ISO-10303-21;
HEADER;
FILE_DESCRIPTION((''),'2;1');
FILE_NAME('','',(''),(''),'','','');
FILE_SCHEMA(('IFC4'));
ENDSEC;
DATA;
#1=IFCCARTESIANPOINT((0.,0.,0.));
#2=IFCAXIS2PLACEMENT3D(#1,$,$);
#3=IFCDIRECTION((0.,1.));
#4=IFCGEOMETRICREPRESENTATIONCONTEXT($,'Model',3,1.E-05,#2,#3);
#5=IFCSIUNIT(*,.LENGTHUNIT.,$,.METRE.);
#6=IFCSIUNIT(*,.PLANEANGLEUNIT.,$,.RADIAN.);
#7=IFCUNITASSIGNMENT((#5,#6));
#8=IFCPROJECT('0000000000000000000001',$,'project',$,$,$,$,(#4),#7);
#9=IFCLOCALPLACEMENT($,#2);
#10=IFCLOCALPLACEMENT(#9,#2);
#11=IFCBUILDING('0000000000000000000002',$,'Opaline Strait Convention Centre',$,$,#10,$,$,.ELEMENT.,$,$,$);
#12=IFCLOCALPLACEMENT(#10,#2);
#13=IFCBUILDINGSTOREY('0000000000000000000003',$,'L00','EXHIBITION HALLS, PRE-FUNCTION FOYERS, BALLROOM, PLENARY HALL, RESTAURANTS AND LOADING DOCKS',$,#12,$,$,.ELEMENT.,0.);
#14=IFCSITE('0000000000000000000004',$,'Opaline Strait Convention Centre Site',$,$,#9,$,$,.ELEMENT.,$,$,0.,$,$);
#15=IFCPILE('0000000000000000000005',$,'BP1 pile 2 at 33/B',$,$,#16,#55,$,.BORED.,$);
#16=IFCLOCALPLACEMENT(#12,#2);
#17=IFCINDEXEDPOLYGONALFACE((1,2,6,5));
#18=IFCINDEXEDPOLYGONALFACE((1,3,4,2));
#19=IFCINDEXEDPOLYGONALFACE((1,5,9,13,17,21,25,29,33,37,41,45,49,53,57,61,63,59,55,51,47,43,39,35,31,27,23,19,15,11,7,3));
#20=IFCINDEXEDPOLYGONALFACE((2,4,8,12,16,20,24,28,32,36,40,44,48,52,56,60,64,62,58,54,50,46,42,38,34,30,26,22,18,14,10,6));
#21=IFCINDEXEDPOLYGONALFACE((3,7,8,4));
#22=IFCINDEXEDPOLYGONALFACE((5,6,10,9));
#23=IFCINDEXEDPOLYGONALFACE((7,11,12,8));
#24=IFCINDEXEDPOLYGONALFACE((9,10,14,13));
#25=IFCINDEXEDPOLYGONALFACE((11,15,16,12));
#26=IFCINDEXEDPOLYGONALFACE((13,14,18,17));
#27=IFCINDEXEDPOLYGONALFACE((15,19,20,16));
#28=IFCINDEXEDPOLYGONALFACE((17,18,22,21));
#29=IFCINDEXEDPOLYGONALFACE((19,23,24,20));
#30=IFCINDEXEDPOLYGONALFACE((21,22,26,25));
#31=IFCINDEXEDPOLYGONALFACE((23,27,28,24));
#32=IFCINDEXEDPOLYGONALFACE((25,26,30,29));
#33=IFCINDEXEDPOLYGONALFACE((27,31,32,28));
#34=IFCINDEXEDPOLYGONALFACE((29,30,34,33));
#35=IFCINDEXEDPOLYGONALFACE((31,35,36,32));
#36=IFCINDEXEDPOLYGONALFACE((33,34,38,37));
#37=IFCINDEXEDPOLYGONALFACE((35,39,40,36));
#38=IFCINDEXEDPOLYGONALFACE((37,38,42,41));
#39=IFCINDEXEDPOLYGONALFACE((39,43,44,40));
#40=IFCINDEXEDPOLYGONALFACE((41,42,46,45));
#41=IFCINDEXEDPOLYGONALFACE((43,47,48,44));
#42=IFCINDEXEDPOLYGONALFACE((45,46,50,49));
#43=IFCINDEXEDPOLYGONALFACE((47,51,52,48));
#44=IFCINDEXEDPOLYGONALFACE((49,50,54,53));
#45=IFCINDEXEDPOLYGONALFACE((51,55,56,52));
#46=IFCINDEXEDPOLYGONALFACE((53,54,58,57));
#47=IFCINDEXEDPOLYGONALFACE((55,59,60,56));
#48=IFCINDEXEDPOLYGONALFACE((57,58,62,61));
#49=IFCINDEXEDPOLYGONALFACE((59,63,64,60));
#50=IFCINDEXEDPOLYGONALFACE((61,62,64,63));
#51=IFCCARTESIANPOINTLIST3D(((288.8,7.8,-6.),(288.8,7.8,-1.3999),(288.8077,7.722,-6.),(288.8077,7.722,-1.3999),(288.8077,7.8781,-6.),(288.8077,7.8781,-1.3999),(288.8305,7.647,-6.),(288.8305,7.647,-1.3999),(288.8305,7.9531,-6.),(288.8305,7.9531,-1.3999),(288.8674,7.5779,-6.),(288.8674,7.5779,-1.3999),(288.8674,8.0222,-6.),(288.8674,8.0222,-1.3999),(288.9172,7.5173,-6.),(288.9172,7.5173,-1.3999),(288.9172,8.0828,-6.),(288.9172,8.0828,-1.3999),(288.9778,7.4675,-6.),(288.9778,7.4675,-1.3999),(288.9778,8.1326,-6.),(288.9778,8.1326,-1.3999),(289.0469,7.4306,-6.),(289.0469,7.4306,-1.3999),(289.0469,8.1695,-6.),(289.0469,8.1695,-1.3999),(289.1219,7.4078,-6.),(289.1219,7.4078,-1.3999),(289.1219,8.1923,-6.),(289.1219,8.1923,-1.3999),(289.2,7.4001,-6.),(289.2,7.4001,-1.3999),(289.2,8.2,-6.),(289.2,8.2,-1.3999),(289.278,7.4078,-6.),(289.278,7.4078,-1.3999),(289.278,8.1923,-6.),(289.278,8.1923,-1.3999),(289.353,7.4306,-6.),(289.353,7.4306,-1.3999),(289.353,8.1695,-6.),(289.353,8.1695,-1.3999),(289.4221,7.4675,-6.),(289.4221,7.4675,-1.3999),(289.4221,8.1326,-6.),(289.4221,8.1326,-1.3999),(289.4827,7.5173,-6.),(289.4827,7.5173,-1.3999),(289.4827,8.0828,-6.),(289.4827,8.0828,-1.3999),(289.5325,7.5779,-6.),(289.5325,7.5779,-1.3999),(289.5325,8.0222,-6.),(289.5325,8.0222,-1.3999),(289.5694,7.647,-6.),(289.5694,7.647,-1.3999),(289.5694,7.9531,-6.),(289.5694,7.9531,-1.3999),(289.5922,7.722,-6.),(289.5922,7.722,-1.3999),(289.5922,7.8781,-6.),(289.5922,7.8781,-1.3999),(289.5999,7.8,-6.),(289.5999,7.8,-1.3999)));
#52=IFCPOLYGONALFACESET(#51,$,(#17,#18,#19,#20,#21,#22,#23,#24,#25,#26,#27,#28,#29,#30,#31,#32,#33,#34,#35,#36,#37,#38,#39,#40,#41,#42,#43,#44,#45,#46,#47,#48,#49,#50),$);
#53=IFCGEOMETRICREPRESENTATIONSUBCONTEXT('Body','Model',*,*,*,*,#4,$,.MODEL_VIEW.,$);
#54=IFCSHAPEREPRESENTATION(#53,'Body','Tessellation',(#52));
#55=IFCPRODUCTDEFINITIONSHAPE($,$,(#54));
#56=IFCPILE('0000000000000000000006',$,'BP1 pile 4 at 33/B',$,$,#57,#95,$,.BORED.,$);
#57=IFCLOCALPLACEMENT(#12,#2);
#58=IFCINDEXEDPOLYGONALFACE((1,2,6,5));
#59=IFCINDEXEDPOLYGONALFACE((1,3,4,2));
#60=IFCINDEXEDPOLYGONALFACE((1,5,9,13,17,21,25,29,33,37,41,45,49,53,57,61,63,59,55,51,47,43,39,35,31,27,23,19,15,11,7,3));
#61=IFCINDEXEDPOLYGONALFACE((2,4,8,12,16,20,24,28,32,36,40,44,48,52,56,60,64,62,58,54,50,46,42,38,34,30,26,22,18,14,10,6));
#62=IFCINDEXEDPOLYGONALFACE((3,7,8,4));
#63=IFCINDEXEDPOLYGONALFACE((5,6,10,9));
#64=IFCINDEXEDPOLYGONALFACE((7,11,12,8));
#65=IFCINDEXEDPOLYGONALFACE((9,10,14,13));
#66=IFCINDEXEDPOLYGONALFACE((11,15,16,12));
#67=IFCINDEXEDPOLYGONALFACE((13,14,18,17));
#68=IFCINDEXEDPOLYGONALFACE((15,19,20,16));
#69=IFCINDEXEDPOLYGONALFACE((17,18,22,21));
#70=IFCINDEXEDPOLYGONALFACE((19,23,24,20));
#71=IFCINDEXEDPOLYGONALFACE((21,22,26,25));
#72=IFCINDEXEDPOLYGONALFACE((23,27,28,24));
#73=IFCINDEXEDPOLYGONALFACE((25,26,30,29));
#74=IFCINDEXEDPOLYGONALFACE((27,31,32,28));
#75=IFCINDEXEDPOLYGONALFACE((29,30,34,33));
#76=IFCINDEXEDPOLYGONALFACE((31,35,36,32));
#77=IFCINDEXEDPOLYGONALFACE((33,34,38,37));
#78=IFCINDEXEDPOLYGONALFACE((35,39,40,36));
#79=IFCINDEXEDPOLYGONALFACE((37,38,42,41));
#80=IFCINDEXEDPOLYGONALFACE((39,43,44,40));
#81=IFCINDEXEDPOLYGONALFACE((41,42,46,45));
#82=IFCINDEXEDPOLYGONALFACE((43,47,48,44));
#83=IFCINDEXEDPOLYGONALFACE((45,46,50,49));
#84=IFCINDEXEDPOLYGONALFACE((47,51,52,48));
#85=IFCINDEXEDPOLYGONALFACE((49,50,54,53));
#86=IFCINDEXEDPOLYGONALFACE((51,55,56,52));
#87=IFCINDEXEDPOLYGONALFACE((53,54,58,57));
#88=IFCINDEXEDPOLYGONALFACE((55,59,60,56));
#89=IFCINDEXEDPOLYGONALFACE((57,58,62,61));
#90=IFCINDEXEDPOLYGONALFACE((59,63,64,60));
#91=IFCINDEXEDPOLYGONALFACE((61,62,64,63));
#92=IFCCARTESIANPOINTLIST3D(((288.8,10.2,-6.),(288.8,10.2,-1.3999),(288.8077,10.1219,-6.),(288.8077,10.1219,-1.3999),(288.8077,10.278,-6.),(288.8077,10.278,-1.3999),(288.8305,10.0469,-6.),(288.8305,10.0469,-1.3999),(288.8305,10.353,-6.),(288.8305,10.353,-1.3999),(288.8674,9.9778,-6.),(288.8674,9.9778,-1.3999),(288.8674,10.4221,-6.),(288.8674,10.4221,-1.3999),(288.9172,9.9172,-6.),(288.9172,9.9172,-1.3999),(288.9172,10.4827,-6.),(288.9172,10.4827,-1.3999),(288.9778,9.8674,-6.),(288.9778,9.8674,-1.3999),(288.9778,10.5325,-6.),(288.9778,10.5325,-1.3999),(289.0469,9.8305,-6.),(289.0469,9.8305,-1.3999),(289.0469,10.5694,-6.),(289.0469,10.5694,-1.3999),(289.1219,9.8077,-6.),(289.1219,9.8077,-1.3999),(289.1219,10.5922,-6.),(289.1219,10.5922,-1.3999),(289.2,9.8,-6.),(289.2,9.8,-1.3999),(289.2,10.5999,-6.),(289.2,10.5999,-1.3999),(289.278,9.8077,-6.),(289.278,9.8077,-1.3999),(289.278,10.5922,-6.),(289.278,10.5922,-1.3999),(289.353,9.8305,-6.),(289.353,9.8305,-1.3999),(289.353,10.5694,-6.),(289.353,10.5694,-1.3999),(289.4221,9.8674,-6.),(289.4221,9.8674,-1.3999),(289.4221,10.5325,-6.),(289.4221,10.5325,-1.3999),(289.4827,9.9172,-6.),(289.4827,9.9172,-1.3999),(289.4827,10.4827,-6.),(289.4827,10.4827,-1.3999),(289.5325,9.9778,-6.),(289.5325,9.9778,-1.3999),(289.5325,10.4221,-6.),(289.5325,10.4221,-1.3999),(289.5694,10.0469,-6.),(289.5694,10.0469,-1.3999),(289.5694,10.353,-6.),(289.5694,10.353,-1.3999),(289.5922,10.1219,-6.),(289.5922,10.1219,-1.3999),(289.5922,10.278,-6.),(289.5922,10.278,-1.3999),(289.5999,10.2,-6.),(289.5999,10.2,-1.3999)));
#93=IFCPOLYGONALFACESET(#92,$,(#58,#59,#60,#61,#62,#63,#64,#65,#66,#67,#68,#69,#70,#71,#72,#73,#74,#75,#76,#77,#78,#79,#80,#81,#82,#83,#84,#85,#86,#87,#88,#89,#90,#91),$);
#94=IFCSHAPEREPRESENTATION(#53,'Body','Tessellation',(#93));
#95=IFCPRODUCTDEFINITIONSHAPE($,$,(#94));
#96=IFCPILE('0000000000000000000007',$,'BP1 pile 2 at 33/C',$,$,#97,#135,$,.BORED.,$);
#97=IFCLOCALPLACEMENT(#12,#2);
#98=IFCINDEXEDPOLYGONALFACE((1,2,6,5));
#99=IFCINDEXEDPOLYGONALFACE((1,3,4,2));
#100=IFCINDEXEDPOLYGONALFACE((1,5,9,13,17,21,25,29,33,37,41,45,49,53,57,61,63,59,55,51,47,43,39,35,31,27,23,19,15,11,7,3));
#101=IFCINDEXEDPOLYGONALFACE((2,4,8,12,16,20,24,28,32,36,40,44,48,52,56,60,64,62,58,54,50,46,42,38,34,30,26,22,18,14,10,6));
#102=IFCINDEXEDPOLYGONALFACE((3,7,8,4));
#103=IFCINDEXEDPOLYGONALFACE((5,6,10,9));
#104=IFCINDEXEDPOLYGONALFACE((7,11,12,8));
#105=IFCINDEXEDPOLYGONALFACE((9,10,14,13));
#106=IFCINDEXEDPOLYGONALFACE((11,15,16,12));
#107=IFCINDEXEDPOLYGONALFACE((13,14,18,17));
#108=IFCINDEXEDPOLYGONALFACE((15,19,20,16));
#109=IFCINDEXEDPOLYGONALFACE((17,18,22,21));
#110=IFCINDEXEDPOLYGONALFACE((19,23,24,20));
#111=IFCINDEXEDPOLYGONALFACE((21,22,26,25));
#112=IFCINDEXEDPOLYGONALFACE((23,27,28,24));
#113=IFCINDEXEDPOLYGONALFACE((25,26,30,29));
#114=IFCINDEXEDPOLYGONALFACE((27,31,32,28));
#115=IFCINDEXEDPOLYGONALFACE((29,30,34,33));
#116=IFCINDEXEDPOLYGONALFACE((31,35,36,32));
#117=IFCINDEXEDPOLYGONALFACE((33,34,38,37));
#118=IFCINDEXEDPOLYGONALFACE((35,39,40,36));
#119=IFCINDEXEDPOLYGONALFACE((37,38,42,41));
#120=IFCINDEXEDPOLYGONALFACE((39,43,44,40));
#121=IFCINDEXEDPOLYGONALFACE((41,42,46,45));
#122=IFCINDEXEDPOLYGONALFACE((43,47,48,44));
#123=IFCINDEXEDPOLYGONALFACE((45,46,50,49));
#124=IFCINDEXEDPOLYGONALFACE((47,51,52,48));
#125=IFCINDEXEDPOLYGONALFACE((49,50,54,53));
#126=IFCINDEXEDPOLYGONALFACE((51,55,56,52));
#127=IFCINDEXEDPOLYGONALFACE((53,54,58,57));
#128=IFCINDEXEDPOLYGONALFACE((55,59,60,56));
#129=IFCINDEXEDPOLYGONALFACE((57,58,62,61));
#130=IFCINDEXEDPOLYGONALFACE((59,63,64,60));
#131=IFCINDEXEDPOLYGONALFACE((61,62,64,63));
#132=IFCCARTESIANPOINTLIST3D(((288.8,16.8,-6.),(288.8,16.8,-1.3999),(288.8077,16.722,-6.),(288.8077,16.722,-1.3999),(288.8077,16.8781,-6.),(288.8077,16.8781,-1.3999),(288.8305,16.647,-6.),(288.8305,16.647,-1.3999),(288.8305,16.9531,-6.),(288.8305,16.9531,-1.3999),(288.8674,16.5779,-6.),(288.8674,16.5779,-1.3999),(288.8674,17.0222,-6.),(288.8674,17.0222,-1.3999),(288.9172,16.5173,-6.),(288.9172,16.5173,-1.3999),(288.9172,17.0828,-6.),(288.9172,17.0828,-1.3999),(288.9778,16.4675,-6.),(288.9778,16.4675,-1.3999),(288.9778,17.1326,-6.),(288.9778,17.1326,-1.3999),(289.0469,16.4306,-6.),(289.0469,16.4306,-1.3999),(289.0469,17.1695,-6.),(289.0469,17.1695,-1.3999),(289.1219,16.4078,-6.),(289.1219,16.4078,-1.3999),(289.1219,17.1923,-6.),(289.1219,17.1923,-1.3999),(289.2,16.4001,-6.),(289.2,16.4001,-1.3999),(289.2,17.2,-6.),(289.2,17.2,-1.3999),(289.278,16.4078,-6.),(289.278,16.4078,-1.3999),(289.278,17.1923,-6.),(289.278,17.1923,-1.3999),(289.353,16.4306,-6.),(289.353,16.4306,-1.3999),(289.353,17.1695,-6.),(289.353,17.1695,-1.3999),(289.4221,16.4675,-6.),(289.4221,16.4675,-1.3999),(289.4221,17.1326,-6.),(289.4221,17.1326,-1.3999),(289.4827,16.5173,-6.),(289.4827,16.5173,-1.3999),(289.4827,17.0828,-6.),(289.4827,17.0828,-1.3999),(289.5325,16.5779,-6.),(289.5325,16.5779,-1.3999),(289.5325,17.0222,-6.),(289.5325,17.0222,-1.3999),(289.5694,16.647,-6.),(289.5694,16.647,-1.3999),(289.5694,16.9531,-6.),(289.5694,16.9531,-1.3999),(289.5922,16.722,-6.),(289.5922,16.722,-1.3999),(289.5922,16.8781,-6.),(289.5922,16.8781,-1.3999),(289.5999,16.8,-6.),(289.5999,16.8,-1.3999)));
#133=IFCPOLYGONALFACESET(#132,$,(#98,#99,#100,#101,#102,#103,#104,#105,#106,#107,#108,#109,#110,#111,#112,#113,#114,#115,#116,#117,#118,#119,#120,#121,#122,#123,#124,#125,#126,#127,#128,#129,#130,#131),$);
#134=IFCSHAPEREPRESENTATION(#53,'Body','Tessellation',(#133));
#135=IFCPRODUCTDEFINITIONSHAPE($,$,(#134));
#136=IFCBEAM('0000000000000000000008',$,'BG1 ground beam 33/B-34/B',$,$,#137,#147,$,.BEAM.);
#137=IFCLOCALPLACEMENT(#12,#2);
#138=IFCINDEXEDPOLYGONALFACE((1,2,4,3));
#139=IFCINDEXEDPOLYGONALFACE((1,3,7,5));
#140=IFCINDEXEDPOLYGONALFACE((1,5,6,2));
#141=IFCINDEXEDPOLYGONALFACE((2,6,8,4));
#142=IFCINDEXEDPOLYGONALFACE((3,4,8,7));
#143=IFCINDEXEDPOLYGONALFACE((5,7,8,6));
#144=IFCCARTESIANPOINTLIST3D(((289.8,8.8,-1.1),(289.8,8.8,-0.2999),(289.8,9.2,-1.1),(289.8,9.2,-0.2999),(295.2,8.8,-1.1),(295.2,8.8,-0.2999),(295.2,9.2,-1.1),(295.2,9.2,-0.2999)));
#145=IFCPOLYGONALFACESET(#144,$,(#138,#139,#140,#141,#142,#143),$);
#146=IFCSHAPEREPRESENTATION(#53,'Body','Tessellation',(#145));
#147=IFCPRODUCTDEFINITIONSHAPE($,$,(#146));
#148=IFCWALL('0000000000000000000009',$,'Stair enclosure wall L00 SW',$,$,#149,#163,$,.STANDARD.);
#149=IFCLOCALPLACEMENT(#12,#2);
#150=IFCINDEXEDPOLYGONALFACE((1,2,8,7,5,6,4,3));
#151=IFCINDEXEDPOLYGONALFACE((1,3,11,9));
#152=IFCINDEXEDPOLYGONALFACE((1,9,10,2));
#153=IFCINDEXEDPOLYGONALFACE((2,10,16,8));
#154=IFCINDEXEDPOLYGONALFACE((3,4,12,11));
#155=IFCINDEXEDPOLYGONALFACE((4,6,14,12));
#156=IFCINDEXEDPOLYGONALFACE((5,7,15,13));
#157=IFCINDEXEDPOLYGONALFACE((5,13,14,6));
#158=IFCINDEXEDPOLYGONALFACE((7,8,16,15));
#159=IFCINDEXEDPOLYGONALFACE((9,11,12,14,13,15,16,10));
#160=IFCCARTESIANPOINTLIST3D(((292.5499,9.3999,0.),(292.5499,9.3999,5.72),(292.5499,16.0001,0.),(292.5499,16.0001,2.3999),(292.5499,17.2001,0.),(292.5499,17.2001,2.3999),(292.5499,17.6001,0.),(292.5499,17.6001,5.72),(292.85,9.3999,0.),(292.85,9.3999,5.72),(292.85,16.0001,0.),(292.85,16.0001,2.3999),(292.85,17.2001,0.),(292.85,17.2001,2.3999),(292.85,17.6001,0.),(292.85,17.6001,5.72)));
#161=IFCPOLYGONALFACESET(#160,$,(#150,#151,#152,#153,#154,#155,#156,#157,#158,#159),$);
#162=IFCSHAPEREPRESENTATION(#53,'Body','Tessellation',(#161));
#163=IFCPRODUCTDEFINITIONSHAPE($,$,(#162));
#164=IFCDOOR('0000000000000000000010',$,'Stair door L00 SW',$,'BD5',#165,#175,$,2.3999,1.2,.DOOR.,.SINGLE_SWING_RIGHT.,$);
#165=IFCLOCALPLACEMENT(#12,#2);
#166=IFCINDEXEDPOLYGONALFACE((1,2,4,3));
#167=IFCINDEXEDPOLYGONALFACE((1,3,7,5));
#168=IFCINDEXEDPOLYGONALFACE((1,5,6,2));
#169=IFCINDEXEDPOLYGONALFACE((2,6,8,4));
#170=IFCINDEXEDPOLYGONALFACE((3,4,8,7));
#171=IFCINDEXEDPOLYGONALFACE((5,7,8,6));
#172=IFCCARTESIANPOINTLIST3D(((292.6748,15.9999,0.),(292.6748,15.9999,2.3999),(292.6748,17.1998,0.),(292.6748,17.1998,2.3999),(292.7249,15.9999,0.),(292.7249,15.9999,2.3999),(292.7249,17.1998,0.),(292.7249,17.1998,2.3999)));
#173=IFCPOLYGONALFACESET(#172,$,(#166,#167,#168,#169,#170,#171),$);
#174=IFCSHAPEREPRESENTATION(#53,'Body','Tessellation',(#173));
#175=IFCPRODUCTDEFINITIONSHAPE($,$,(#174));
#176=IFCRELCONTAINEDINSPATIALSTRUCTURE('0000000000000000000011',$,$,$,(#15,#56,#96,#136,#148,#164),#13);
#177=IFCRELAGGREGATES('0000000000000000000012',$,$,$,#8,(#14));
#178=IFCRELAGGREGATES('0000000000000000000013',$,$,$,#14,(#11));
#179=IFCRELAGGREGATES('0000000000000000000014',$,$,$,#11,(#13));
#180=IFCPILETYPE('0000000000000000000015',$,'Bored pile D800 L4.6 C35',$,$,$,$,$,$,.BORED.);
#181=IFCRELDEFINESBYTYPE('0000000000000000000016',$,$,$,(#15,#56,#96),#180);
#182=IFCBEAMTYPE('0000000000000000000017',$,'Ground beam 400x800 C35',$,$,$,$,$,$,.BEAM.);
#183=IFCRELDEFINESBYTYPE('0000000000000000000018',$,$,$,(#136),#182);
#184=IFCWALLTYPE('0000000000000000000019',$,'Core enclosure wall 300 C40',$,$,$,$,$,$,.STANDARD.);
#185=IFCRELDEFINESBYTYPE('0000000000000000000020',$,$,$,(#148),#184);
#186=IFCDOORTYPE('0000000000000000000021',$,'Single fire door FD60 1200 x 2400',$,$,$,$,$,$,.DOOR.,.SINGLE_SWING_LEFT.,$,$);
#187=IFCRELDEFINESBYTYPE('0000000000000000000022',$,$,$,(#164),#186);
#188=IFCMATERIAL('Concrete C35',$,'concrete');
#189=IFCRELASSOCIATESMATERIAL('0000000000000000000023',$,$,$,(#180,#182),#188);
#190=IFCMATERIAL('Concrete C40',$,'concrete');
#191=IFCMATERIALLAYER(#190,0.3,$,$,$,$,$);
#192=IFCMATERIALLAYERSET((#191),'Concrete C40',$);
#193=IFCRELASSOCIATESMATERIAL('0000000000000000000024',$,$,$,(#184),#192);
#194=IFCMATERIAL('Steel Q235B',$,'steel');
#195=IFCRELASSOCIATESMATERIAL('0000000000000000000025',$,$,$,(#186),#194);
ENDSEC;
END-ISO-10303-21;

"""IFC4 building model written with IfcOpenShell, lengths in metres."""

from ifc_helpers import new_model, si_unit, direction, frame, frame_2d, origin, origin_2d, place, context, subcontext, project, spatial, rectangle, circle, extrude, material, layer, layer_set, material_profile, profile_set, type_object, element, fill, save


model = new_model("IFC4")

# Units and contexts
model_context = context("Model", 3, precision=1e-05, world=origin(), true_north=direction((0.0, 1.0)))
body_context = subcontext(model_context, "Body", "Model", "MODEL_VIEW")
ifc_project = project(units=[si_unit("LENGTHUNIT", "METRE"), si_unit("PLANEANGLEUNIT", "RADIAN")], contexts=[model_context])

# Site, building, storey
site_placement = place(None, origin())
site = spatial("IfcSite", under=ifc_project, at=site_placement, Name="Opaline Strait Convention Centre Site", CompositionType="ELEMENT", RefElevation=0.0)
building_placement = place(site_placement, origin())
building = spatial("IfcBuilding", under=site, at=building_placement, Name="Opaline Strait Convention Centre", CompositionType="ELEMENT")
storey_placement = place(building_placement, origin())
storey = spatial("IfcBuildingStorey", under=building, at=storey_placement, Name="L00", Description="EXHIBITION HALLS, PRE-FUNCTION FOYERS, BALLROOM, PLENARY HALL, RESTAURANTS AND LOADING DOCKS", CompositionType="ELEMENT", Elevation=0.0)

# Piles
ifc_material_1 = material(Name="Concrete C35", Category="concrete")
ifc_material_profile_1 = material_profile(ifc_material_1, circle(Radius=0.3999, at=origin_2d()), Name="D800")
ifc_profile_set_1 = profile_set([ifc_material_profile_1], Name="Concrete C35")
pile_type = type_object("IfcPileType", Name="Bored pile D800 L4.6 C35", PredefinedType="BORED", material=ifc_profile_set_1)
for number, where, z_axis, x_axis, name in (
    (1, (289.2, 7.8, -1.3999), (0.0, 0.0, -1.0), (1.0, 0.0, 0.0), "BP1 pile 2 at 33/B"),
    (2, (289.2, 10.2, -1.3999), (0.0, 0.0, -1.0), (1.0, 0.0, 0.0), "BP1 pile 4 at 33/B"),
    (3, (289.2, 16.8, -1.3999), (0.0, 0.0, -1.0), (1.0, 0.0, 0.0), "BP1 pile 2 at 33/C"),
):
    element("IfcPile", number, at=place(storey_placement, frame(where, z_axis=z_axis, x_axis=x_axis)), inside=storey, type_object=pile_type, Name=name, PredefinedType="BORED", context=body_context, shape_type="SweptSolid", body=[
        extrude(circle(Radius=0.3999, at=origin_2d()), origin(), (0.0, 0.0, 1.0), 4.6001),
    ])

# Beam
ifc_material_profile_2 = material_profile(ifc_material_1, rectangle(XDim=0.3999, YDim=0.8, at=origin_2d()), Name="RC 400x800")
ifc_profile_set_2 = profile_set([ifc_material_profile_2], Name="Concrete C35")
beam_type = type_object("IfcBeamType", Name="Ground beam 400x800 C35", PredefinedType="BEAM", material=ifc_profile_set_2)
beam_placement = place(storey_placement, frame((289.8, 9.0, -0.7), z_axis=(1.0, 0.0, 0.0), x_axis=(0.0, 1.0, 0.0)))
element("IfcBeam", 4, at=beam_placement, inside=storey, type_object=beam_type, Name="BG1 ground beam 33/B-34/B", PredefinedType="BEAM", context=body_context, shape_type="SweptSolid", body=[
    extrude(rectangle(XDim=0.3999, YDim=0.8, at=origin_2d()), origin(), (0.0, 0.0, 1.0), 5.3999),
])

# Wall, opening, door
ifc_material_2 = material(Name="Concrete C40", Category="concrete")
ifc_layer_1 = layer(ifc_material_2, 0.3)
ifc_layer_set_1 = layer_set([ifc_layer_1], Name="Concrete C40")
wall_type_1 = type_object("IfcWallType", Name="Core enclosure wall 300 C40", PredefinedType="STANDARD", material=ifc_layer_set_1)
wall_1_placement = place(storey_placement, frame((292.7, 9.3999, 0.0), z_axis=(0.0, 0.0, 1.0), x_axis=(0.0, 1.0, 0.0)))
wall_1 = element("IfcWall", 5, at=wall_1_placement, inside=storey, type_object=wall_type_1, Name="Stair enclosure wall L00 SW", PredefinedType="STANDARD", context=body_context, shape_type="SweptSolid", body=[
    extrude(rectangle(XDim=8.2002, YDim=0.3, at=frame_2d((4.1001, 0.0))), origin(), (0.0, 0.0, 1.0), 5.72),
])
opening_1_placement = place(wall_1_placement, frame((6.6001, 0.0, 0.0)))
opening_1 = element("IfcOpeningElement", 6, at=opening_1_placement, cuts=wall_1, PredefinedType="OPENING", context=body_context, shape_type="SweptSolid", body=[
    extrude(rectangle(XDim=1.2, YDim=2.3999, at=frame_2d((0.6001, 1.2))), frame((0.0, 0.1599, 0.0), z_axis=(0.0, -1.0, 0.0), x_axis=(1.0, 0.0, 0.0)), (0.0, 0.0, 1.0), 0.3201),
])
ifc_material_3 = material(Name="Steel Q235B", Category="steel")
door_type_1 = type_object("IfcDoorType", Name="Single fire door FD60 1200 x 2400", OperationType="SINGLE_SWING_LEFT", PredefinedType="DOOR", material=ifc_material_3)
door_1_placement = place(opening_1_placement, frame((1.2, 0.0, 0.0), z_axis=(0.0, 0.0, 1.0), x_axis=(-1.0, 0.0, 0.0)))
door_1 = element("IfcDoor", 7, at=door_1_placement, inside=storey, type_object=door_type_1, Name="Stair door L00 SW", ObjectType="BD5", OperationType="SINGLE_SWING_RIGHT", OverallHeight=2.3999, OverallWidth=1.2, PredefinedType="DOOR", context=body_context, shape_type="SweptSolid", body=[
    extrude(rectangle(XDim=1.2, YDim=2.3999, at=frame_2d((0.6001, 1.2))), frame((0.0, 0.0249, 0.0), z_axis=(0.0, -1.0, 0.0), x_axis=(1.0, 0.0, 0.0)), (0.0, 0.0, 1.0), 0.05),
])
fill(opening_1, door_1)

save(model, "model.ifc")
